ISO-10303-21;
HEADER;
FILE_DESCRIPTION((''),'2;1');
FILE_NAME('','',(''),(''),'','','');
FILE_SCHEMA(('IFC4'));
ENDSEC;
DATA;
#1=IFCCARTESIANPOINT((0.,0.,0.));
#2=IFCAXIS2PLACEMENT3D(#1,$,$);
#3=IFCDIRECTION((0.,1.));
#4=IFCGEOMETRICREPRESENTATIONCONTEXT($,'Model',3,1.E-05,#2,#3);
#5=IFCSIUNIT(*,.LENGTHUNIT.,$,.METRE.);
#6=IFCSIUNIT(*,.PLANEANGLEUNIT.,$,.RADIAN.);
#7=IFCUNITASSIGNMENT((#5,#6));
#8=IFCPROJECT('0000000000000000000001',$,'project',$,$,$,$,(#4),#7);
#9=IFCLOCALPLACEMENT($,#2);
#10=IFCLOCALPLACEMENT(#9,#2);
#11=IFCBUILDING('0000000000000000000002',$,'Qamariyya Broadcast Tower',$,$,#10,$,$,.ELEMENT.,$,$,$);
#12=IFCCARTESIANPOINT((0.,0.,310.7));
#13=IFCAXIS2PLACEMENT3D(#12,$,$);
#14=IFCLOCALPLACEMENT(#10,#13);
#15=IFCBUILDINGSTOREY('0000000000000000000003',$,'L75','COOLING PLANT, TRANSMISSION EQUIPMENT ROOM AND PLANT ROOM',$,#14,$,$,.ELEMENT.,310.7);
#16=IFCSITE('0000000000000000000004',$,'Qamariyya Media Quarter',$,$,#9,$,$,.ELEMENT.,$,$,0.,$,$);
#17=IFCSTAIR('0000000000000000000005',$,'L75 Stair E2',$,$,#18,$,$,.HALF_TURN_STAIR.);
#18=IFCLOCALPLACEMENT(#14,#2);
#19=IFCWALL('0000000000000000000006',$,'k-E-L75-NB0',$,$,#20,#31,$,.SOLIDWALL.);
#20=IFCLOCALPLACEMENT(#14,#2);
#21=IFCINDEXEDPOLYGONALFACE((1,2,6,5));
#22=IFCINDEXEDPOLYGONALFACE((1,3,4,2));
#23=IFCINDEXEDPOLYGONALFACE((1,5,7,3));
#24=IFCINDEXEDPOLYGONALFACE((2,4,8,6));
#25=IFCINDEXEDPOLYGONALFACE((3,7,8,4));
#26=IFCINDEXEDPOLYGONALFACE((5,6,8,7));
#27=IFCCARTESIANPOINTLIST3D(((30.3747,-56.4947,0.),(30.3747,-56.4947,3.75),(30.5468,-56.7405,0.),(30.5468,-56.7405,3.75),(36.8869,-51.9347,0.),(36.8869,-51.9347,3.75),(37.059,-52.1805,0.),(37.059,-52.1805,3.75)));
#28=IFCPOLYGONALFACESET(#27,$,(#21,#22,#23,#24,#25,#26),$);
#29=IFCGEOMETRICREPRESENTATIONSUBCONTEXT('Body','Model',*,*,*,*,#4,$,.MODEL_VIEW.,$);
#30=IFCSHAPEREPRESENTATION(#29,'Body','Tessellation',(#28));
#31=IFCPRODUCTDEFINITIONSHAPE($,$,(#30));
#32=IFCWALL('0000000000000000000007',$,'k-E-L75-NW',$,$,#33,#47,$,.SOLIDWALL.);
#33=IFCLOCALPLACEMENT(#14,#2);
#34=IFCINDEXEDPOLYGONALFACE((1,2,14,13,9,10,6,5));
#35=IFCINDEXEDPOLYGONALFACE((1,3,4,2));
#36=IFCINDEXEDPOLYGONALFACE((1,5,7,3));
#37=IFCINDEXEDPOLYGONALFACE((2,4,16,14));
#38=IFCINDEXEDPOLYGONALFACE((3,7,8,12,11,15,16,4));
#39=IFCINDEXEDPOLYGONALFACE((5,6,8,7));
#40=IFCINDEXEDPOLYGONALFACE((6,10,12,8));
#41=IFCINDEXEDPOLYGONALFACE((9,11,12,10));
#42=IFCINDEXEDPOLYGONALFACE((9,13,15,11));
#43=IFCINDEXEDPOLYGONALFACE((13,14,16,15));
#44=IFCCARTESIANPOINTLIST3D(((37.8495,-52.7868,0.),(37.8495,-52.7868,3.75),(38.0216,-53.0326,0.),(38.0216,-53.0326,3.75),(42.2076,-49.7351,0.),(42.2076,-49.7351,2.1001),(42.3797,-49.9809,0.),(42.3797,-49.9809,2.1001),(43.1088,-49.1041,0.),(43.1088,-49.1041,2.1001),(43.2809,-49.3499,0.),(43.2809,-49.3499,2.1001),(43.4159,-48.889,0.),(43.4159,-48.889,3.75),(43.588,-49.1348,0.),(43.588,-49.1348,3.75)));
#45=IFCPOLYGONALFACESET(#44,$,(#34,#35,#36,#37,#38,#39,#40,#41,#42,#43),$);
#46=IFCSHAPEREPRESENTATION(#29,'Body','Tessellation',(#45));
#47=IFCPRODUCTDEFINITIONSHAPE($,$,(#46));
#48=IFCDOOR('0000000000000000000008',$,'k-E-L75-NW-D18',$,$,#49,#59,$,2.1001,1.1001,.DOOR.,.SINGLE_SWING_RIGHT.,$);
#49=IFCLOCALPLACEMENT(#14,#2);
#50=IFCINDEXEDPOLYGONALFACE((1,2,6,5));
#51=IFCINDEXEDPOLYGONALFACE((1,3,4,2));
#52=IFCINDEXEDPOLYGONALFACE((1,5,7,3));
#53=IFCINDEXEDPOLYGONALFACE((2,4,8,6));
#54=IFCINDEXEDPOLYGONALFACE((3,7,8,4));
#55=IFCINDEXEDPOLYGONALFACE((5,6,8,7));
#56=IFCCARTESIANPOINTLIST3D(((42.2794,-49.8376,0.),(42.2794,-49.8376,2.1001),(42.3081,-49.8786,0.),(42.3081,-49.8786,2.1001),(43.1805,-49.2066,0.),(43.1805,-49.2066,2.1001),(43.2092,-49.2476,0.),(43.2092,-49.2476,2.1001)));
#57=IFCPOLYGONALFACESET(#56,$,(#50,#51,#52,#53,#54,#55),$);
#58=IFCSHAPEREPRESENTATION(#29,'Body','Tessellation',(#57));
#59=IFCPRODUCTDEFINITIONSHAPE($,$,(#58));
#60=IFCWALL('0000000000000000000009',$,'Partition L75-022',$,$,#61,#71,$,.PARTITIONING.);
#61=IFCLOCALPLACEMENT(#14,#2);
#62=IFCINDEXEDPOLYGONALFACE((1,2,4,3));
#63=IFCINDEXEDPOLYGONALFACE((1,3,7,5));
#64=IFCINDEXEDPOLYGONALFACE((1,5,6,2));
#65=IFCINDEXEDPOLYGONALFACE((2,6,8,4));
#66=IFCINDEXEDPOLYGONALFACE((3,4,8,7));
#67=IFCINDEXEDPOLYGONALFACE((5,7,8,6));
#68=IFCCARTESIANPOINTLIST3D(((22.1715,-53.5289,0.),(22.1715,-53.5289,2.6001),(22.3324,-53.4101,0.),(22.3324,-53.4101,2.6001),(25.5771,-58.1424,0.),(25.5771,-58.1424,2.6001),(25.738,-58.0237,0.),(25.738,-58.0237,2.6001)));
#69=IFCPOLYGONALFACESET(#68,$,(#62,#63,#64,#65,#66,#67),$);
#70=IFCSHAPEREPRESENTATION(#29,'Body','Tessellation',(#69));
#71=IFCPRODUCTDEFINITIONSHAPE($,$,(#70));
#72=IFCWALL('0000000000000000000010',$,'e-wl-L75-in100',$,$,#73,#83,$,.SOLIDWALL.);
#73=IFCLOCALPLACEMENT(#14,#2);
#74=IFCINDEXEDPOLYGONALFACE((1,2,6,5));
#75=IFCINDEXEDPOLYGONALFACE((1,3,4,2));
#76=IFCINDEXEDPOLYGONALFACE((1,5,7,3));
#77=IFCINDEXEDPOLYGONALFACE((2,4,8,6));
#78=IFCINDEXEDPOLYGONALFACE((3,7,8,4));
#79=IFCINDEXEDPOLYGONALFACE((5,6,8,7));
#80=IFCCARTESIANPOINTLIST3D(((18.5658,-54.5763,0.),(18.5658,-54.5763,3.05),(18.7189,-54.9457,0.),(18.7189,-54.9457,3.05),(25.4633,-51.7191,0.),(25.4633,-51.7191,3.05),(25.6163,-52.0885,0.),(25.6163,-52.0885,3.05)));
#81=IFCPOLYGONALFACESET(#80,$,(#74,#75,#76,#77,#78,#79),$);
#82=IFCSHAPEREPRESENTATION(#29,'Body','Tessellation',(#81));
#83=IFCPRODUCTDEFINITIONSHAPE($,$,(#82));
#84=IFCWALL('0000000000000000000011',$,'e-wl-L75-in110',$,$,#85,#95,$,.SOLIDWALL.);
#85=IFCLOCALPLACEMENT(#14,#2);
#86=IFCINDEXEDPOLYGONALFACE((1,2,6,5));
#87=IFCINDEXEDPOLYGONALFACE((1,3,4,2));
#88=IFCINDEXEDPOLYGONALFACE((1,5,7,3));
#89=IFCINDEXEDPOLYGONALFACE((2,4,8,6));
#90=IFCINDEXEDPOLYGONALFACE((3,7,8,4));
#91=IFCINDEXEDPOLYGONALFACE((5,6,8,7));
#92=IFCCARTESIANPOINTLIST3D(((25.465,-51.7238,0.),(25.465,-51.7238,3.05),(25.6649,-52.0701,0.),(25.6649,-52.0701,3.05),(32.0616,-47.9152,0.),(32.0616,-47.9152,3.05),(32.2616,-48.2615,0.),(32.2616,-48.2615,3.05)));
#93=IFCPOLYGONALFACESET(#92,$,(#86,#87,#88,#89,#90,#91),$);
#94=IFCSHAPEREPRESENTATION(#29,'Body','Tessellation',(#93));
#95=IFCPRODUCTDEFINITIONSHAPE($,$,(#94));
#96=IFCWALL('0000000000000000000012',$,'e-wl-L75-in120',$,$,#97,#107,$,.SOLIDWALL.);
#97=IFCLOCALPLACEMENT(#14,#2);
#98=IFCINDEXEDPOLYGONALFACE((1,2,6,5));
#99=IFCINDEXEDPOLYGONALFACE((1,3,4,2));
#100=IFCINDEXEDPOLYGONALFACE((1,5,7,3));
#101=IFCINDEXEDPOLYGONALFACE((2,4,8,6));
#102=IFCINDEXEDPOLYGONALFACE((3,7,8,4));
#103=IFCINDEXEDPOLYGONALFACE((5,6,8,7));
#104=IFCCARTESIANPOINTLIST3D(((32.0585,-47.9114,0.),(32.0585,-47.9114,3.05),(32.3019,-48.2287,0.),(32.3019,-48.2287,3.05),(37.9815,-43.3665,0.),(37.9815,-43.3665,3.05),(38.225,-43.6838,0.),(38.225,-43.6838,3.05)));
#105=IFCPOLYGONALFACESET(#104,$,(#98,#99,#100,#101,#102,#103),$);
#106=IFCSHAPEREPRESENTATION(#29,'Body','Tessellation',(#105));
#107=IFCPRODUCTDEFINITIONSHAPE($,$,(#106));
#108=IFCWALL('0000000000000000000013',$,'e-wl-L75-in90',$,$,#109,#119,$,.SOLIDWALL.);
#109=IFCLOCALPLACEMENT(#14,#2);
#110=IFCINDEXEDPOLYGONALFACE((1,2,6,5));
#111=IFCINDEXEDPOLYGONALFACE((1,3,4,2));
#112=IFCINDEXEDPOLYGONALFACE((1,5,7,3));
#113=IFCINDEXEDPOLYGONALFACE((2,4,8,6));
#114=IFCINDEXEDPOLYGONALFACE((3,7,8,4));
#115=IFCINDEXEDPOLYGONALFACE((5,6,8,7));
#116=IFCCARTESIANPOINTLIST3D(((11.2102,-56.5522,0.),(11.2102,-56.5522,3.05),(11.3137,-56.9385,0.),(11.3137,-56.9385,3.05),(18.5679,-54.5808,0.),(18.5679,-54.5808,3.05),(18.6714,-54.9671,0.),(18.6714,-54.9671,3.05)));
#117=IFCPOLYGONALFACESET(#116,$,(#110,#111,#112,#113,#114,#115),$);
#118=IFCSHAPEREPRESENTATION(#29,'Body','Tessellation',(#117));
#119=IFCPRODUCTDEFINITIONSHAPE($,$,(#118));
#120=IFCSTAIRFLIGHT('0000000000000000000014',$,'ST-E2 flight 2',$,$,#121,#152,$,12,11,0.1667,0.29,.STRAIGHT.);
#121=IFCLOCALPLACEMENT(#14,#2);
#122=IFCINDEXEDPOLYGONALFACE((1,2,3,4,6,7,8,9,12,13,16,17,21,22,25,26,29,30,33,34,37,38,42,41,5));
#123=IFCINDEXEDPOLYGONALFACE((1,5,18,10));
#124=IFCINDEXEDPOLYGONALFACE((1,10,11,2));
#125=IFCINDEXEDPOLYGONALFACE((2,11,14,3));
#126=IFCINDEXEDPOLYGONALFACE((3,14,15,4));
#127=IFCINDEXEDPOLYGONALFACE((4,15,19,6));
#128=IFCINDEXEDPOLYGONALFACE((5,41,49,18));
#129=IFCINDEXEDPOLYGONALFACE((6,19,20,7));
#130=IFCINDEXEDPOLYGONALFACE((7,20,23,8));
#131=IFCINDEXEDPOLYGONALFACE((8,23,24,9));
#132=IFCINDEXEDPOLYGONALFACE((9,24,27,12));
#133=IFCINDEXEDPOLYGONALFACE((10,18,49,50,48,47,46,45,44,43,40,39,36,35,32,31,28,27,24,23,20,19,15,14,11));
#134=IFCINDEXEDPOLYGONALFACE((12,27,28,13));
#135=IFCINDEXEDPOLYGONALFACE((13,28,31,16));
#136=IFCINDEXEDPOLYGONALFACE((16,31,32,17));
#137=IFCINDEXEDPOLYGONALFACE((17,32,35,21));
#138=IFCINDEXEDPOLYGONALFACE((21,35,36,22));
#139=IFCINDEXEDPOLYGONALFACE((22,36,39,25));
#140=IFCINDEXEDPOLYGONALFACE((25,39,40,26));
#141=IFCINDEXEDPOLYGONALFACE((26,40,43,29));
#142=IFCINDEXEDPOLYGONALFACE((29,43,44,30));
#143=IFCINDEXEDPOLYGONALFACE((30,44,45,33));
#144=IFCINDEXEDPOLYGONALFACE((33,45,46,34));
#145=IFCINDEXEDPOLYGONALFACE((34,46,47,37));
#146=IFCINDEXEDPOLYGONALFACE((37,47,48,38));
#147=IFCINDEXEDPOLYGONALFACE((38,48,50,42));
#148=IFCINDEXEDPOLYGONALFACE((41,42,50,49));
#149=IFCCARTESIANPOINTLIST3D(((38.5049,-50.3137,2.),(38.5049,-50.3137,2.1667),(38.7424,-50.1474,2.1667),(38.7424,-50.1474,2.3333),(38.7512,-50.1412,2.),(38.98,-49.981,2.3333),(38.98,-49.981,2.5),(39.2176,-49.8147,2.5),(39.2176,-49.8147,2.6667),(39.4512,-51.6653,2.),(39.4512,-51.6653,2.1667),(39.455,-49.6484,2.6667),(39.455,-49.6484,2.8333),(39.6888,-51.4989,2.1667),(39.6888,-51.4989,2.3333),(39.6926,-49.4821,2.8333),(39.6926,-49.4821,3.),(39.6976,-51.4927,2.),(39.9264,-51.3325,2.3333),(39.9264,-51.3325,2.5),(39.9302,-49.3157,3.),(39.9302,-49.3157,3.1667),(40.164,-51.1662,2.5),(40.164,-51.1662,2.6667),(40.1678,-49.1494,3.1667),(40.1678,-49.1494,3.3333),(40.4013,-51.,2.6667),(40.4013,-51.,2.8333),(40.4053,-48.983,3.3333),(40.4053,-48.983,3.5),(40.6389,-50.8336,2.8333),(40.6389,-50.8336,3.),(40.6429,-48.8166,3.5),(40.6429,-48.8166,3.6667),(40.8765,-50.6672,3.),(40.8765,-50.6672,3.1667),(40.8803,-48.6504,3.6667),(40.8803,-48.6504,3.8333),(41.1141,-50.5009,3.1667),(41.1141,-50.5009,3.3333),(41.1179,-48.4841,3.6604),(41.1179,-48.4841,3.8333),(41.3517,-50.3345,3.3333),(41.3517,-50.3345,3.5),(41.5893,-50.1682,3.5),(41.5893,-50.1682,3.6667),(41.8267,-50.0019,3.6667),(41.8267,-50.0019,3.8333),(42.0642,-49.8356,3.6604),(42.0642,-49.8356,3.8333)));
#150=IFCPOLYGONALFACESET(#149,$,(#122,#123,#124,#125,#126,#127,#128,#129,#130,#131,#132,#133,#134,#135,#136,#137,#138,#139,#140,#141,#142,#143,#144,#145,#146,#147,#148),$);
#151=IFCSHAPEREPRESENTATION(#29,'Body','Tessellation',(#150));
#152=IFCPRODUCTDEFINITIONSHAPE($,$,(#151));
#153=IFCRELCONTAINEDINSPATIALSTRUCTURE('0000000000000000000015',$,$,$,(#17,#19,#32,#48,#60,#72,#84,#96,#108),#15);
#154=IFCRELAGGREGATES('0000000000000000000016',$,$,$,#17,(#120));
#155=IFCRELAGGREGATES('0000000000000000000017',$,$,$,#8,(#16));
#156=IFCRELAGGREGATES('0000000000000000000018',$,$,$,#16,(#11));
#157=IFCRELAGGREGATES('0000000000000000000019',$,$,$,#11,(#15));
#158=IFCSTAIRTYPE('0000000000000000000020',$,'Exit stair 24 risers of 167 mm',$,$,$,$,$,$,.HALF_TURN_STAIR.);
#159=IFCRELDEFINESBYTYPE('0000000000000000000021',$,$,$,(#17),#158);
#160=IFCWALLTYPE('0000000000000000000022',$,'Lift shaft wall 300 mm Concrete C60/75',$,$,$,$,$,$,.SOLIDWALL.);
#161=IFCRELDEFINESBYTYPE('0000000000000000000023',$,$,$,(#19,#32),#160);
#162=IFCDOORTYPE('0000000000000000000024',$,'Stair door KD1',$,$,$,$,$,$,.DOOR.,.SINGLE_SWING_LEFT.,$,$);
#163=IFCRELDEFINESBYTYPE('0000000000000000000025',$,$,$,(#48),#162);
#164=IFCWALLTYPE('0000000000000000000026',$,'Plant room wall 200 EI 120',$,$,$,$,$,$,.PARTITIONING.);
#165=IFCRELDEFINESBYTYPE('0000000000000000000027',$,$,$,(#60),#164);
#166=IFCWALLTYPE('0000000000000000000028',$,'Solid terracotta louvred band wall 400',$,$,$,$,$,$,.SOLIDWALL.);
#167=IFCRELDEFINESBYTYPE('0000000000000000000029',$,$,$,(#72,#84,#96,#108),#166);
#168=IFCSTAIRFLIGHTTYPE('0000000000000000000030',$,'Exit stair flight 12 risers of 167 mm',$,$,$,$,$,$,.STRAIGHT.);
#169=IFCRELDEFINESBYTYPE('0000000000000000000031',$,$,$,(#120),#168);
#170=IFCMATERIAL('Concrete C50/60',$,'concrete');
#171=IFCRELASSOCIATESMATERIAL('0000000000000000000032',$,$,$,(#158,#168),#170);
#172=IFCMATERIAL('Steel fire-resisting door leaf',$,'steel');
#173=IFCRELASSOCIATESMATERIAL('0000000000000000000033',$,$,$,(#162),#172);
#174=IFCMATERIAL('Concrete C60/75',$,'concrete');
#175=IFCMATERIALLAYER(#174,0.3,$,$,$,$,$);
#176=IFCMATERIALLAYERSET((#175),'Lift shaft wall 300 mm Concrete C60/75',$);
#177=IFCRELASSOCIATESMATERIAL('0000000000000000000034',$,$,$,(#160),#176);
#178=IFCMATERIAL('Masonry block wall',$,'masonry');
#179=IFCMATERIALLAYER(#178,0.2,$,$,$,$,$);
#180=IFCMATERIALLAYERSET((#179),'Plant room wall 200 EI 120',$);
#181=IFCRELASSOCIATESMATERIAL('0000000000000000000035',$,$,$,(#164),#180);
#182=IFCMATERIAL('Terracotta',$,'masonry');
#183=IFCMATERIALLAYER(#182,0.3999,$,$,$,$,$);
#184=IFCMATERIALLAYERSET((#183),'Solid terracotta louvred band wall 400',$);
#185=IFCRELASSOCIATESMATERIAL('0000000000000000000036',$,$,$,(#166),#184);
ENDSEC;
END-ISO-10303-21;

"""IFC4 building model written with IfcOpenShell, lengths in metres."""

from ifc_helpers import new_model, si_unit, direction, frame, frame_2d, origin, place, context, subcontext, project, spatial, polyline, rectangle, outline, extrude, material, layer, layer_set, type_object, element, fill, aggregate, save


model = new_model("IFC4")

# Units and contexts
model_context = context("Model", 3, precision=1e-05, world=origin(), true_north=direction((0.0, 1.0)))
body_context = subcontext(model_context, "Body", "Model", "MODEL_VIEW")
ifc_project = project(units=[si_unit("LENGTHUNIT", "METRE"), si_unit("PLANEANGLEUNIT", "RADIAN")], contexts=[model_context])

# Site, building, storey
site_placement = place(None, origin())
site = spatial("IfcSite", under=ifc_project, at=site_placement, Name="Qamariyya Media Quarter", CompositionType="ELEMENT", RefElevation=0.0)
building_placement = place(site_placement, origin())
building = spatial("IfcBuilding", under=site, at=building_placement, Name="Qamariyya Broadcast Tower", CompositionType="ELEMENT")
storey_placement = place(building_placement, frame((0.0, 0.0, 310.7)))
storey = spatial("IfcBuildingStorey", under=building, at=storey_placement, Name="L75", Description="COOLING PLANT, TRANSMISSION EQUIPMENT ROOM AND PLANT ROOM", CompositionType="ELEMENT", Elevation=310.7)

# Shared definitions
ifc_material_1 = material(Name="Concrete C50/60", Category="concrete")

# Stair
stair_type = type_object("IfcStairType", Name="Exit stair 24 risers of 167 mm", PredefinedType="HALF_TURN_STAIR", material=ifc_material_1)
stair_1_placement = place(storey_placement, origin())
stair_1 = element("IfcStair", 1, at=stair_1_placement, inside=storey, type_object=stair_type, Name="L75 Stair E2", PredefinedType="HALF_TURN_STAIR")

# Shared definitions
ifc_material_2 = material(Name="Concrete C60/75", Category="concrete")
ifc_material_3 = material(Name="Steel fire-resisting door leaf", Category="steel")
door_type_1 = type_object("IfcDoorType", Name="Stair door KD1", OperationType="SINGLE_SWING_LEFT", PredefinedType="DOOR", material=ifc_material_3)

# Wall
ifc_layer_1 = layer(ifc_material_2, 0.3)
ifc_layer_set_1 = layer_set([ifc_layer_1], Name="Lift shaft wall 300 mm Concrete C60/75")
wall_type_1 = type_object("IfcWallType", Name="Lift shaft wall 300 mm Concrete C60/75", PredefinedType="SOLIDWALL", material=ifc_layer_set_1)
wall_1_placement = place(storey_placement, frame((30.4607, -56.6177, 0.0), z_axis=(0.0, 0.0, 1.0), x_axis=(0.819142, 0.57359, 0.0)))
element("IfcWall", 2, at=wall_1_placement, inside=storey, type_object=wall_type_1, Name="k-E-L75-NB0", PredefinedType="SOLIDWALL", context=body_context, shape_type="SweptSolid", body=[
    extrude(rectangle(XDim=7.95, YDim=0.3, at=frame_2d((3.9751, 0.0))), origin(), (0.0, 0.0, 1.0), 3.75),
])

# Wall, opening, door
wall_2_placement = place(storey_placement, frame((37.9355, -52.9097, 0.0), z_axis=(0.0, 0.0, 1.0), x_axis=(0.819148, 0.573583, 0.0)))
wall_2 = element("IfcWall", 3, at=wall_2_placement, inside=storey, type_object=wall_type_1, Name="k-E-L75-NW", PredefinedType="SOLIDWALL", context=body_context, shape_type="SweptSolid", body=[
    extrude(rectangle(XDim=6.7954, YDim=0.3, at=frame_2d((3.3977, 0.0))), origin(), (0.0, 0.0, 1.0), 3.75),
])
opening_1_placement = place(wall_2_placement, frame((5.3203, 0.0, 0.0)))
opening_1 = element("IfcOpeningElement", 4, at=opening_1_placement, cuts=wall_2, PredefinedType="OPENING", context=body_context, shape_type="SweptSolid", body=[
    extrude(rectangle(XDim=1.1001, YDim=2.1001, at=frame_2d((0.55, 1.05))), frame((0.0, 0.1599, 0.0), z_axis=(0.0, -1.0, 0.0), x_axis=(1.0, 0.0, 0.0)), (0.0, 0.0, 1.0), 0.3201),
])
door_1_placement = place(opening_1_placement, origin())
door_1 = element("IfcDoor", 5, at=door_1_placement, inside=storey, type_object=door_type_1, Name="k-E-L75-NW-D18", OperationType="SINGLE_SWING_RIGHT", OverallHeight=2.1001, OverallWidth=1.1001, PredefinedType="DOOR", context=body_context, shape_type="SweptSolid", body=[
    extrude(rectangle(XDim=1.1001, YDim=2.1001, at=frame_2d((0.55, 1.05))), frame((0.0, 0.0249, 0.0), z_axis=(0.0, -1.0, 0.0), x_axis=(1.0, 0.0, 0.0)), (0.0, 0.0, 1.0), 0.05),
])
fill(opening_1, door_1)

# Walls
ifc_material_4 = material(Name="Masonry block wall", Category="masonry")
ifc_layer_2 = layer(ifc_material_4, 0.2)
ifc_layer_set_2 = layer_set([ifc_layer_2], Name="Plant room wall 200 EI 120")
wall_type_2 = type_object("IfcWallType", Name="Plant room wall 200 EI 120", PredefinedType="PARTITIONING", material=ifc_layer_set_2)
wall_3_placement = place(storey_placement, frame((22.252, -53.4695, 0.0), z_axis=(0.0, 0.0, 1.0), x_axis=(0.593886, -0.804549, 0.0)))
element("IfcWall", 6, at=wall_3_placement, inside=storey, type_object=wall_type_2, Name="Partition L75-022", PredefinedType="PARTITIONING", context=body_context, shape_type="SweptSolid", body=[
    extrude(rectangle(XDim=5.7344, YDim=0.2, at=frame_2d((2.8672, 0.0))), origin(), (0.0, 0.0, 1.0), 2.6001),
])
ifc_material_5 = material(Name="Terracotta", Category="masonry")
ifc_layer_3 = layer(ifc_material_5, 0.3999)
ifc_layer_set_3 = layer_set([ifc_layer_3], Name="Solid terracotta louvred band wall 400")
wall_type_3 = type_object("IfcWallType", Name="Solid terracotta louvred band wall 400", PredefinedType="SOLIDWALL", material=ifc_layer_set_3)
wall_4_placement = place(storey_placement, frame((25.5398, -51.9038, 0.0), z_axis=(0.0, 0.0, 1.0), x_axis=(-0.923872, -0.382701, 0.0)))
element("IfcWall", 7, at=wall_4_placement, inside=storey, type_object=wall_type_3, Name="e-wl-L75-in100", PredefinedType="SOLIDWALL", context=body_context, shape_type="SweptSolid", body=[
    extrude(rectangle(XDim=7.4658, YDim=0.3999, at=frame_2d((3.7329, 0.0))), origin(), (0.0, 0.0, 1.0), 3.05),
])
wall_5_placement = place(storey_placement, frame((32.1616, -48.0884, 0.0), z_axis=(0.0, 0.0, 1.0), x_axis=(-0.866025, -0.5, 0.0)))
element("IfcWall", 8, at=wall_5_placement, inside=storey, type_object=wall_type_3, Name="e-wl-L75-in110", PredefinedType="SOLIDWALL", context=body_context, shape_type="SweptSolid", body=[
    extrude(rectangle(XDim=7.6172, YDim=0.3999, at=frame_2d((3.8086, 0.0))), origin(), (0.0, 0.0, 1.0), 3.05),
])
wall_6_placement = place(storey_placement, frame((38.1033, -43.5251, 0.0), z_axis=(0.0, 0.0, 1.0), x_axis=(-0.793355, -0.608759, 0.0)))
element("IfcWall", 9, at=wall_6_placement, inside=storey, type_object=wall_type_3, Name="e-wl-L75-in120", PredefinedType="SOLIDWALL", context=body_context, shape_type="SweptSolid", body=[
    extrude(rectangle(XDim=7.4658, YDim=0.3999, at=frame_2d((3.7329, 0.0))), origin(), (0.0, 0.0, 1.0), 3.05),
])
wall_7_placement = place(storey_placement, frame((18.6196, -54.7739, 0.0), z_axis=(0.0, 0.0, 1.0), x_axis=(-0.965927, -0.258814, 0.0)))
element("IfcWall", 10, at=wall_7_placement, inside=storey, type_object=wall_type_3, Name="e-wl-L75-in90", PredefinedType="SOLIDWALL", context=body_context, shape_type="SweptSolid", body=[
    extrude(rectangle(XDim=7.6172, YDim=0.3999, at=frame_2d((3.8086, 0.0))), origin(), (0.0, 0.0, 1.0), 3.05),
])

# Stair flight
stair_flight_type = type_object("IfcStairFlightType", Name="Exit stair flight 12 risers of 167 mm", PredefinedType="STRAIGHT", material=ifc_material_1)
stair_flight_placement = place(storey_placement, frame((38.978, -50.9895, 2.0), z_axis=(0.0, 0.0, 1.0), x_axis=(0.819152, 0.573576, 0.0)))
stair_flight = element("IfcStairFlight", 11, at=stair_flight_placement, type_object=stair_flight_type, Name="ST-E2 flight 2", NumberOfRisers=12, NumberOfTreads=11, PredefinedType="STRAIGHT", RiserHeight=0.1667, TreadLength=0.29, context=body_context, shape_type="SweptSolid", body=[
    extrude(outline(polyline([(0.0, 0.0), (0.0, 0.1667), (0.29, 0.1667), (0.29, 0.3333), (0.5801, 0.3333), (0.5801, 0.5), (0.8701, 0.5), (0.8701, 0.6667), (1.1599, 0.6667), (1.1599, 0.8333), (1.45, 0.8333), (1.45, 1.0), (1.74, 1.0), (1.74, 1.1667), (2.03, 1.1667), (2.03, 1.3333), (2.3201, 1.3333), (2.3201, 1.5), (2.6101, 1.5), (2.6101, 1.6667), (2.8999, 1.6667), (2.8999, 1.8333), (3.1899, 1.8333), (3.1899, 2.0), (3.1899, 1.6604), (0.3008, 0.0), (0.0, 0.0)])), frame((0.0, 0.825, 0.0), z_axis=(0.0, -1.0, 0.0), x_axis=(1.0, 0.0, 0.0)), (0.0, 0.0, 1.0), 1.6499),
])
aggregate(stair_1, [stair_flight])

save(model, "model.ifc")
